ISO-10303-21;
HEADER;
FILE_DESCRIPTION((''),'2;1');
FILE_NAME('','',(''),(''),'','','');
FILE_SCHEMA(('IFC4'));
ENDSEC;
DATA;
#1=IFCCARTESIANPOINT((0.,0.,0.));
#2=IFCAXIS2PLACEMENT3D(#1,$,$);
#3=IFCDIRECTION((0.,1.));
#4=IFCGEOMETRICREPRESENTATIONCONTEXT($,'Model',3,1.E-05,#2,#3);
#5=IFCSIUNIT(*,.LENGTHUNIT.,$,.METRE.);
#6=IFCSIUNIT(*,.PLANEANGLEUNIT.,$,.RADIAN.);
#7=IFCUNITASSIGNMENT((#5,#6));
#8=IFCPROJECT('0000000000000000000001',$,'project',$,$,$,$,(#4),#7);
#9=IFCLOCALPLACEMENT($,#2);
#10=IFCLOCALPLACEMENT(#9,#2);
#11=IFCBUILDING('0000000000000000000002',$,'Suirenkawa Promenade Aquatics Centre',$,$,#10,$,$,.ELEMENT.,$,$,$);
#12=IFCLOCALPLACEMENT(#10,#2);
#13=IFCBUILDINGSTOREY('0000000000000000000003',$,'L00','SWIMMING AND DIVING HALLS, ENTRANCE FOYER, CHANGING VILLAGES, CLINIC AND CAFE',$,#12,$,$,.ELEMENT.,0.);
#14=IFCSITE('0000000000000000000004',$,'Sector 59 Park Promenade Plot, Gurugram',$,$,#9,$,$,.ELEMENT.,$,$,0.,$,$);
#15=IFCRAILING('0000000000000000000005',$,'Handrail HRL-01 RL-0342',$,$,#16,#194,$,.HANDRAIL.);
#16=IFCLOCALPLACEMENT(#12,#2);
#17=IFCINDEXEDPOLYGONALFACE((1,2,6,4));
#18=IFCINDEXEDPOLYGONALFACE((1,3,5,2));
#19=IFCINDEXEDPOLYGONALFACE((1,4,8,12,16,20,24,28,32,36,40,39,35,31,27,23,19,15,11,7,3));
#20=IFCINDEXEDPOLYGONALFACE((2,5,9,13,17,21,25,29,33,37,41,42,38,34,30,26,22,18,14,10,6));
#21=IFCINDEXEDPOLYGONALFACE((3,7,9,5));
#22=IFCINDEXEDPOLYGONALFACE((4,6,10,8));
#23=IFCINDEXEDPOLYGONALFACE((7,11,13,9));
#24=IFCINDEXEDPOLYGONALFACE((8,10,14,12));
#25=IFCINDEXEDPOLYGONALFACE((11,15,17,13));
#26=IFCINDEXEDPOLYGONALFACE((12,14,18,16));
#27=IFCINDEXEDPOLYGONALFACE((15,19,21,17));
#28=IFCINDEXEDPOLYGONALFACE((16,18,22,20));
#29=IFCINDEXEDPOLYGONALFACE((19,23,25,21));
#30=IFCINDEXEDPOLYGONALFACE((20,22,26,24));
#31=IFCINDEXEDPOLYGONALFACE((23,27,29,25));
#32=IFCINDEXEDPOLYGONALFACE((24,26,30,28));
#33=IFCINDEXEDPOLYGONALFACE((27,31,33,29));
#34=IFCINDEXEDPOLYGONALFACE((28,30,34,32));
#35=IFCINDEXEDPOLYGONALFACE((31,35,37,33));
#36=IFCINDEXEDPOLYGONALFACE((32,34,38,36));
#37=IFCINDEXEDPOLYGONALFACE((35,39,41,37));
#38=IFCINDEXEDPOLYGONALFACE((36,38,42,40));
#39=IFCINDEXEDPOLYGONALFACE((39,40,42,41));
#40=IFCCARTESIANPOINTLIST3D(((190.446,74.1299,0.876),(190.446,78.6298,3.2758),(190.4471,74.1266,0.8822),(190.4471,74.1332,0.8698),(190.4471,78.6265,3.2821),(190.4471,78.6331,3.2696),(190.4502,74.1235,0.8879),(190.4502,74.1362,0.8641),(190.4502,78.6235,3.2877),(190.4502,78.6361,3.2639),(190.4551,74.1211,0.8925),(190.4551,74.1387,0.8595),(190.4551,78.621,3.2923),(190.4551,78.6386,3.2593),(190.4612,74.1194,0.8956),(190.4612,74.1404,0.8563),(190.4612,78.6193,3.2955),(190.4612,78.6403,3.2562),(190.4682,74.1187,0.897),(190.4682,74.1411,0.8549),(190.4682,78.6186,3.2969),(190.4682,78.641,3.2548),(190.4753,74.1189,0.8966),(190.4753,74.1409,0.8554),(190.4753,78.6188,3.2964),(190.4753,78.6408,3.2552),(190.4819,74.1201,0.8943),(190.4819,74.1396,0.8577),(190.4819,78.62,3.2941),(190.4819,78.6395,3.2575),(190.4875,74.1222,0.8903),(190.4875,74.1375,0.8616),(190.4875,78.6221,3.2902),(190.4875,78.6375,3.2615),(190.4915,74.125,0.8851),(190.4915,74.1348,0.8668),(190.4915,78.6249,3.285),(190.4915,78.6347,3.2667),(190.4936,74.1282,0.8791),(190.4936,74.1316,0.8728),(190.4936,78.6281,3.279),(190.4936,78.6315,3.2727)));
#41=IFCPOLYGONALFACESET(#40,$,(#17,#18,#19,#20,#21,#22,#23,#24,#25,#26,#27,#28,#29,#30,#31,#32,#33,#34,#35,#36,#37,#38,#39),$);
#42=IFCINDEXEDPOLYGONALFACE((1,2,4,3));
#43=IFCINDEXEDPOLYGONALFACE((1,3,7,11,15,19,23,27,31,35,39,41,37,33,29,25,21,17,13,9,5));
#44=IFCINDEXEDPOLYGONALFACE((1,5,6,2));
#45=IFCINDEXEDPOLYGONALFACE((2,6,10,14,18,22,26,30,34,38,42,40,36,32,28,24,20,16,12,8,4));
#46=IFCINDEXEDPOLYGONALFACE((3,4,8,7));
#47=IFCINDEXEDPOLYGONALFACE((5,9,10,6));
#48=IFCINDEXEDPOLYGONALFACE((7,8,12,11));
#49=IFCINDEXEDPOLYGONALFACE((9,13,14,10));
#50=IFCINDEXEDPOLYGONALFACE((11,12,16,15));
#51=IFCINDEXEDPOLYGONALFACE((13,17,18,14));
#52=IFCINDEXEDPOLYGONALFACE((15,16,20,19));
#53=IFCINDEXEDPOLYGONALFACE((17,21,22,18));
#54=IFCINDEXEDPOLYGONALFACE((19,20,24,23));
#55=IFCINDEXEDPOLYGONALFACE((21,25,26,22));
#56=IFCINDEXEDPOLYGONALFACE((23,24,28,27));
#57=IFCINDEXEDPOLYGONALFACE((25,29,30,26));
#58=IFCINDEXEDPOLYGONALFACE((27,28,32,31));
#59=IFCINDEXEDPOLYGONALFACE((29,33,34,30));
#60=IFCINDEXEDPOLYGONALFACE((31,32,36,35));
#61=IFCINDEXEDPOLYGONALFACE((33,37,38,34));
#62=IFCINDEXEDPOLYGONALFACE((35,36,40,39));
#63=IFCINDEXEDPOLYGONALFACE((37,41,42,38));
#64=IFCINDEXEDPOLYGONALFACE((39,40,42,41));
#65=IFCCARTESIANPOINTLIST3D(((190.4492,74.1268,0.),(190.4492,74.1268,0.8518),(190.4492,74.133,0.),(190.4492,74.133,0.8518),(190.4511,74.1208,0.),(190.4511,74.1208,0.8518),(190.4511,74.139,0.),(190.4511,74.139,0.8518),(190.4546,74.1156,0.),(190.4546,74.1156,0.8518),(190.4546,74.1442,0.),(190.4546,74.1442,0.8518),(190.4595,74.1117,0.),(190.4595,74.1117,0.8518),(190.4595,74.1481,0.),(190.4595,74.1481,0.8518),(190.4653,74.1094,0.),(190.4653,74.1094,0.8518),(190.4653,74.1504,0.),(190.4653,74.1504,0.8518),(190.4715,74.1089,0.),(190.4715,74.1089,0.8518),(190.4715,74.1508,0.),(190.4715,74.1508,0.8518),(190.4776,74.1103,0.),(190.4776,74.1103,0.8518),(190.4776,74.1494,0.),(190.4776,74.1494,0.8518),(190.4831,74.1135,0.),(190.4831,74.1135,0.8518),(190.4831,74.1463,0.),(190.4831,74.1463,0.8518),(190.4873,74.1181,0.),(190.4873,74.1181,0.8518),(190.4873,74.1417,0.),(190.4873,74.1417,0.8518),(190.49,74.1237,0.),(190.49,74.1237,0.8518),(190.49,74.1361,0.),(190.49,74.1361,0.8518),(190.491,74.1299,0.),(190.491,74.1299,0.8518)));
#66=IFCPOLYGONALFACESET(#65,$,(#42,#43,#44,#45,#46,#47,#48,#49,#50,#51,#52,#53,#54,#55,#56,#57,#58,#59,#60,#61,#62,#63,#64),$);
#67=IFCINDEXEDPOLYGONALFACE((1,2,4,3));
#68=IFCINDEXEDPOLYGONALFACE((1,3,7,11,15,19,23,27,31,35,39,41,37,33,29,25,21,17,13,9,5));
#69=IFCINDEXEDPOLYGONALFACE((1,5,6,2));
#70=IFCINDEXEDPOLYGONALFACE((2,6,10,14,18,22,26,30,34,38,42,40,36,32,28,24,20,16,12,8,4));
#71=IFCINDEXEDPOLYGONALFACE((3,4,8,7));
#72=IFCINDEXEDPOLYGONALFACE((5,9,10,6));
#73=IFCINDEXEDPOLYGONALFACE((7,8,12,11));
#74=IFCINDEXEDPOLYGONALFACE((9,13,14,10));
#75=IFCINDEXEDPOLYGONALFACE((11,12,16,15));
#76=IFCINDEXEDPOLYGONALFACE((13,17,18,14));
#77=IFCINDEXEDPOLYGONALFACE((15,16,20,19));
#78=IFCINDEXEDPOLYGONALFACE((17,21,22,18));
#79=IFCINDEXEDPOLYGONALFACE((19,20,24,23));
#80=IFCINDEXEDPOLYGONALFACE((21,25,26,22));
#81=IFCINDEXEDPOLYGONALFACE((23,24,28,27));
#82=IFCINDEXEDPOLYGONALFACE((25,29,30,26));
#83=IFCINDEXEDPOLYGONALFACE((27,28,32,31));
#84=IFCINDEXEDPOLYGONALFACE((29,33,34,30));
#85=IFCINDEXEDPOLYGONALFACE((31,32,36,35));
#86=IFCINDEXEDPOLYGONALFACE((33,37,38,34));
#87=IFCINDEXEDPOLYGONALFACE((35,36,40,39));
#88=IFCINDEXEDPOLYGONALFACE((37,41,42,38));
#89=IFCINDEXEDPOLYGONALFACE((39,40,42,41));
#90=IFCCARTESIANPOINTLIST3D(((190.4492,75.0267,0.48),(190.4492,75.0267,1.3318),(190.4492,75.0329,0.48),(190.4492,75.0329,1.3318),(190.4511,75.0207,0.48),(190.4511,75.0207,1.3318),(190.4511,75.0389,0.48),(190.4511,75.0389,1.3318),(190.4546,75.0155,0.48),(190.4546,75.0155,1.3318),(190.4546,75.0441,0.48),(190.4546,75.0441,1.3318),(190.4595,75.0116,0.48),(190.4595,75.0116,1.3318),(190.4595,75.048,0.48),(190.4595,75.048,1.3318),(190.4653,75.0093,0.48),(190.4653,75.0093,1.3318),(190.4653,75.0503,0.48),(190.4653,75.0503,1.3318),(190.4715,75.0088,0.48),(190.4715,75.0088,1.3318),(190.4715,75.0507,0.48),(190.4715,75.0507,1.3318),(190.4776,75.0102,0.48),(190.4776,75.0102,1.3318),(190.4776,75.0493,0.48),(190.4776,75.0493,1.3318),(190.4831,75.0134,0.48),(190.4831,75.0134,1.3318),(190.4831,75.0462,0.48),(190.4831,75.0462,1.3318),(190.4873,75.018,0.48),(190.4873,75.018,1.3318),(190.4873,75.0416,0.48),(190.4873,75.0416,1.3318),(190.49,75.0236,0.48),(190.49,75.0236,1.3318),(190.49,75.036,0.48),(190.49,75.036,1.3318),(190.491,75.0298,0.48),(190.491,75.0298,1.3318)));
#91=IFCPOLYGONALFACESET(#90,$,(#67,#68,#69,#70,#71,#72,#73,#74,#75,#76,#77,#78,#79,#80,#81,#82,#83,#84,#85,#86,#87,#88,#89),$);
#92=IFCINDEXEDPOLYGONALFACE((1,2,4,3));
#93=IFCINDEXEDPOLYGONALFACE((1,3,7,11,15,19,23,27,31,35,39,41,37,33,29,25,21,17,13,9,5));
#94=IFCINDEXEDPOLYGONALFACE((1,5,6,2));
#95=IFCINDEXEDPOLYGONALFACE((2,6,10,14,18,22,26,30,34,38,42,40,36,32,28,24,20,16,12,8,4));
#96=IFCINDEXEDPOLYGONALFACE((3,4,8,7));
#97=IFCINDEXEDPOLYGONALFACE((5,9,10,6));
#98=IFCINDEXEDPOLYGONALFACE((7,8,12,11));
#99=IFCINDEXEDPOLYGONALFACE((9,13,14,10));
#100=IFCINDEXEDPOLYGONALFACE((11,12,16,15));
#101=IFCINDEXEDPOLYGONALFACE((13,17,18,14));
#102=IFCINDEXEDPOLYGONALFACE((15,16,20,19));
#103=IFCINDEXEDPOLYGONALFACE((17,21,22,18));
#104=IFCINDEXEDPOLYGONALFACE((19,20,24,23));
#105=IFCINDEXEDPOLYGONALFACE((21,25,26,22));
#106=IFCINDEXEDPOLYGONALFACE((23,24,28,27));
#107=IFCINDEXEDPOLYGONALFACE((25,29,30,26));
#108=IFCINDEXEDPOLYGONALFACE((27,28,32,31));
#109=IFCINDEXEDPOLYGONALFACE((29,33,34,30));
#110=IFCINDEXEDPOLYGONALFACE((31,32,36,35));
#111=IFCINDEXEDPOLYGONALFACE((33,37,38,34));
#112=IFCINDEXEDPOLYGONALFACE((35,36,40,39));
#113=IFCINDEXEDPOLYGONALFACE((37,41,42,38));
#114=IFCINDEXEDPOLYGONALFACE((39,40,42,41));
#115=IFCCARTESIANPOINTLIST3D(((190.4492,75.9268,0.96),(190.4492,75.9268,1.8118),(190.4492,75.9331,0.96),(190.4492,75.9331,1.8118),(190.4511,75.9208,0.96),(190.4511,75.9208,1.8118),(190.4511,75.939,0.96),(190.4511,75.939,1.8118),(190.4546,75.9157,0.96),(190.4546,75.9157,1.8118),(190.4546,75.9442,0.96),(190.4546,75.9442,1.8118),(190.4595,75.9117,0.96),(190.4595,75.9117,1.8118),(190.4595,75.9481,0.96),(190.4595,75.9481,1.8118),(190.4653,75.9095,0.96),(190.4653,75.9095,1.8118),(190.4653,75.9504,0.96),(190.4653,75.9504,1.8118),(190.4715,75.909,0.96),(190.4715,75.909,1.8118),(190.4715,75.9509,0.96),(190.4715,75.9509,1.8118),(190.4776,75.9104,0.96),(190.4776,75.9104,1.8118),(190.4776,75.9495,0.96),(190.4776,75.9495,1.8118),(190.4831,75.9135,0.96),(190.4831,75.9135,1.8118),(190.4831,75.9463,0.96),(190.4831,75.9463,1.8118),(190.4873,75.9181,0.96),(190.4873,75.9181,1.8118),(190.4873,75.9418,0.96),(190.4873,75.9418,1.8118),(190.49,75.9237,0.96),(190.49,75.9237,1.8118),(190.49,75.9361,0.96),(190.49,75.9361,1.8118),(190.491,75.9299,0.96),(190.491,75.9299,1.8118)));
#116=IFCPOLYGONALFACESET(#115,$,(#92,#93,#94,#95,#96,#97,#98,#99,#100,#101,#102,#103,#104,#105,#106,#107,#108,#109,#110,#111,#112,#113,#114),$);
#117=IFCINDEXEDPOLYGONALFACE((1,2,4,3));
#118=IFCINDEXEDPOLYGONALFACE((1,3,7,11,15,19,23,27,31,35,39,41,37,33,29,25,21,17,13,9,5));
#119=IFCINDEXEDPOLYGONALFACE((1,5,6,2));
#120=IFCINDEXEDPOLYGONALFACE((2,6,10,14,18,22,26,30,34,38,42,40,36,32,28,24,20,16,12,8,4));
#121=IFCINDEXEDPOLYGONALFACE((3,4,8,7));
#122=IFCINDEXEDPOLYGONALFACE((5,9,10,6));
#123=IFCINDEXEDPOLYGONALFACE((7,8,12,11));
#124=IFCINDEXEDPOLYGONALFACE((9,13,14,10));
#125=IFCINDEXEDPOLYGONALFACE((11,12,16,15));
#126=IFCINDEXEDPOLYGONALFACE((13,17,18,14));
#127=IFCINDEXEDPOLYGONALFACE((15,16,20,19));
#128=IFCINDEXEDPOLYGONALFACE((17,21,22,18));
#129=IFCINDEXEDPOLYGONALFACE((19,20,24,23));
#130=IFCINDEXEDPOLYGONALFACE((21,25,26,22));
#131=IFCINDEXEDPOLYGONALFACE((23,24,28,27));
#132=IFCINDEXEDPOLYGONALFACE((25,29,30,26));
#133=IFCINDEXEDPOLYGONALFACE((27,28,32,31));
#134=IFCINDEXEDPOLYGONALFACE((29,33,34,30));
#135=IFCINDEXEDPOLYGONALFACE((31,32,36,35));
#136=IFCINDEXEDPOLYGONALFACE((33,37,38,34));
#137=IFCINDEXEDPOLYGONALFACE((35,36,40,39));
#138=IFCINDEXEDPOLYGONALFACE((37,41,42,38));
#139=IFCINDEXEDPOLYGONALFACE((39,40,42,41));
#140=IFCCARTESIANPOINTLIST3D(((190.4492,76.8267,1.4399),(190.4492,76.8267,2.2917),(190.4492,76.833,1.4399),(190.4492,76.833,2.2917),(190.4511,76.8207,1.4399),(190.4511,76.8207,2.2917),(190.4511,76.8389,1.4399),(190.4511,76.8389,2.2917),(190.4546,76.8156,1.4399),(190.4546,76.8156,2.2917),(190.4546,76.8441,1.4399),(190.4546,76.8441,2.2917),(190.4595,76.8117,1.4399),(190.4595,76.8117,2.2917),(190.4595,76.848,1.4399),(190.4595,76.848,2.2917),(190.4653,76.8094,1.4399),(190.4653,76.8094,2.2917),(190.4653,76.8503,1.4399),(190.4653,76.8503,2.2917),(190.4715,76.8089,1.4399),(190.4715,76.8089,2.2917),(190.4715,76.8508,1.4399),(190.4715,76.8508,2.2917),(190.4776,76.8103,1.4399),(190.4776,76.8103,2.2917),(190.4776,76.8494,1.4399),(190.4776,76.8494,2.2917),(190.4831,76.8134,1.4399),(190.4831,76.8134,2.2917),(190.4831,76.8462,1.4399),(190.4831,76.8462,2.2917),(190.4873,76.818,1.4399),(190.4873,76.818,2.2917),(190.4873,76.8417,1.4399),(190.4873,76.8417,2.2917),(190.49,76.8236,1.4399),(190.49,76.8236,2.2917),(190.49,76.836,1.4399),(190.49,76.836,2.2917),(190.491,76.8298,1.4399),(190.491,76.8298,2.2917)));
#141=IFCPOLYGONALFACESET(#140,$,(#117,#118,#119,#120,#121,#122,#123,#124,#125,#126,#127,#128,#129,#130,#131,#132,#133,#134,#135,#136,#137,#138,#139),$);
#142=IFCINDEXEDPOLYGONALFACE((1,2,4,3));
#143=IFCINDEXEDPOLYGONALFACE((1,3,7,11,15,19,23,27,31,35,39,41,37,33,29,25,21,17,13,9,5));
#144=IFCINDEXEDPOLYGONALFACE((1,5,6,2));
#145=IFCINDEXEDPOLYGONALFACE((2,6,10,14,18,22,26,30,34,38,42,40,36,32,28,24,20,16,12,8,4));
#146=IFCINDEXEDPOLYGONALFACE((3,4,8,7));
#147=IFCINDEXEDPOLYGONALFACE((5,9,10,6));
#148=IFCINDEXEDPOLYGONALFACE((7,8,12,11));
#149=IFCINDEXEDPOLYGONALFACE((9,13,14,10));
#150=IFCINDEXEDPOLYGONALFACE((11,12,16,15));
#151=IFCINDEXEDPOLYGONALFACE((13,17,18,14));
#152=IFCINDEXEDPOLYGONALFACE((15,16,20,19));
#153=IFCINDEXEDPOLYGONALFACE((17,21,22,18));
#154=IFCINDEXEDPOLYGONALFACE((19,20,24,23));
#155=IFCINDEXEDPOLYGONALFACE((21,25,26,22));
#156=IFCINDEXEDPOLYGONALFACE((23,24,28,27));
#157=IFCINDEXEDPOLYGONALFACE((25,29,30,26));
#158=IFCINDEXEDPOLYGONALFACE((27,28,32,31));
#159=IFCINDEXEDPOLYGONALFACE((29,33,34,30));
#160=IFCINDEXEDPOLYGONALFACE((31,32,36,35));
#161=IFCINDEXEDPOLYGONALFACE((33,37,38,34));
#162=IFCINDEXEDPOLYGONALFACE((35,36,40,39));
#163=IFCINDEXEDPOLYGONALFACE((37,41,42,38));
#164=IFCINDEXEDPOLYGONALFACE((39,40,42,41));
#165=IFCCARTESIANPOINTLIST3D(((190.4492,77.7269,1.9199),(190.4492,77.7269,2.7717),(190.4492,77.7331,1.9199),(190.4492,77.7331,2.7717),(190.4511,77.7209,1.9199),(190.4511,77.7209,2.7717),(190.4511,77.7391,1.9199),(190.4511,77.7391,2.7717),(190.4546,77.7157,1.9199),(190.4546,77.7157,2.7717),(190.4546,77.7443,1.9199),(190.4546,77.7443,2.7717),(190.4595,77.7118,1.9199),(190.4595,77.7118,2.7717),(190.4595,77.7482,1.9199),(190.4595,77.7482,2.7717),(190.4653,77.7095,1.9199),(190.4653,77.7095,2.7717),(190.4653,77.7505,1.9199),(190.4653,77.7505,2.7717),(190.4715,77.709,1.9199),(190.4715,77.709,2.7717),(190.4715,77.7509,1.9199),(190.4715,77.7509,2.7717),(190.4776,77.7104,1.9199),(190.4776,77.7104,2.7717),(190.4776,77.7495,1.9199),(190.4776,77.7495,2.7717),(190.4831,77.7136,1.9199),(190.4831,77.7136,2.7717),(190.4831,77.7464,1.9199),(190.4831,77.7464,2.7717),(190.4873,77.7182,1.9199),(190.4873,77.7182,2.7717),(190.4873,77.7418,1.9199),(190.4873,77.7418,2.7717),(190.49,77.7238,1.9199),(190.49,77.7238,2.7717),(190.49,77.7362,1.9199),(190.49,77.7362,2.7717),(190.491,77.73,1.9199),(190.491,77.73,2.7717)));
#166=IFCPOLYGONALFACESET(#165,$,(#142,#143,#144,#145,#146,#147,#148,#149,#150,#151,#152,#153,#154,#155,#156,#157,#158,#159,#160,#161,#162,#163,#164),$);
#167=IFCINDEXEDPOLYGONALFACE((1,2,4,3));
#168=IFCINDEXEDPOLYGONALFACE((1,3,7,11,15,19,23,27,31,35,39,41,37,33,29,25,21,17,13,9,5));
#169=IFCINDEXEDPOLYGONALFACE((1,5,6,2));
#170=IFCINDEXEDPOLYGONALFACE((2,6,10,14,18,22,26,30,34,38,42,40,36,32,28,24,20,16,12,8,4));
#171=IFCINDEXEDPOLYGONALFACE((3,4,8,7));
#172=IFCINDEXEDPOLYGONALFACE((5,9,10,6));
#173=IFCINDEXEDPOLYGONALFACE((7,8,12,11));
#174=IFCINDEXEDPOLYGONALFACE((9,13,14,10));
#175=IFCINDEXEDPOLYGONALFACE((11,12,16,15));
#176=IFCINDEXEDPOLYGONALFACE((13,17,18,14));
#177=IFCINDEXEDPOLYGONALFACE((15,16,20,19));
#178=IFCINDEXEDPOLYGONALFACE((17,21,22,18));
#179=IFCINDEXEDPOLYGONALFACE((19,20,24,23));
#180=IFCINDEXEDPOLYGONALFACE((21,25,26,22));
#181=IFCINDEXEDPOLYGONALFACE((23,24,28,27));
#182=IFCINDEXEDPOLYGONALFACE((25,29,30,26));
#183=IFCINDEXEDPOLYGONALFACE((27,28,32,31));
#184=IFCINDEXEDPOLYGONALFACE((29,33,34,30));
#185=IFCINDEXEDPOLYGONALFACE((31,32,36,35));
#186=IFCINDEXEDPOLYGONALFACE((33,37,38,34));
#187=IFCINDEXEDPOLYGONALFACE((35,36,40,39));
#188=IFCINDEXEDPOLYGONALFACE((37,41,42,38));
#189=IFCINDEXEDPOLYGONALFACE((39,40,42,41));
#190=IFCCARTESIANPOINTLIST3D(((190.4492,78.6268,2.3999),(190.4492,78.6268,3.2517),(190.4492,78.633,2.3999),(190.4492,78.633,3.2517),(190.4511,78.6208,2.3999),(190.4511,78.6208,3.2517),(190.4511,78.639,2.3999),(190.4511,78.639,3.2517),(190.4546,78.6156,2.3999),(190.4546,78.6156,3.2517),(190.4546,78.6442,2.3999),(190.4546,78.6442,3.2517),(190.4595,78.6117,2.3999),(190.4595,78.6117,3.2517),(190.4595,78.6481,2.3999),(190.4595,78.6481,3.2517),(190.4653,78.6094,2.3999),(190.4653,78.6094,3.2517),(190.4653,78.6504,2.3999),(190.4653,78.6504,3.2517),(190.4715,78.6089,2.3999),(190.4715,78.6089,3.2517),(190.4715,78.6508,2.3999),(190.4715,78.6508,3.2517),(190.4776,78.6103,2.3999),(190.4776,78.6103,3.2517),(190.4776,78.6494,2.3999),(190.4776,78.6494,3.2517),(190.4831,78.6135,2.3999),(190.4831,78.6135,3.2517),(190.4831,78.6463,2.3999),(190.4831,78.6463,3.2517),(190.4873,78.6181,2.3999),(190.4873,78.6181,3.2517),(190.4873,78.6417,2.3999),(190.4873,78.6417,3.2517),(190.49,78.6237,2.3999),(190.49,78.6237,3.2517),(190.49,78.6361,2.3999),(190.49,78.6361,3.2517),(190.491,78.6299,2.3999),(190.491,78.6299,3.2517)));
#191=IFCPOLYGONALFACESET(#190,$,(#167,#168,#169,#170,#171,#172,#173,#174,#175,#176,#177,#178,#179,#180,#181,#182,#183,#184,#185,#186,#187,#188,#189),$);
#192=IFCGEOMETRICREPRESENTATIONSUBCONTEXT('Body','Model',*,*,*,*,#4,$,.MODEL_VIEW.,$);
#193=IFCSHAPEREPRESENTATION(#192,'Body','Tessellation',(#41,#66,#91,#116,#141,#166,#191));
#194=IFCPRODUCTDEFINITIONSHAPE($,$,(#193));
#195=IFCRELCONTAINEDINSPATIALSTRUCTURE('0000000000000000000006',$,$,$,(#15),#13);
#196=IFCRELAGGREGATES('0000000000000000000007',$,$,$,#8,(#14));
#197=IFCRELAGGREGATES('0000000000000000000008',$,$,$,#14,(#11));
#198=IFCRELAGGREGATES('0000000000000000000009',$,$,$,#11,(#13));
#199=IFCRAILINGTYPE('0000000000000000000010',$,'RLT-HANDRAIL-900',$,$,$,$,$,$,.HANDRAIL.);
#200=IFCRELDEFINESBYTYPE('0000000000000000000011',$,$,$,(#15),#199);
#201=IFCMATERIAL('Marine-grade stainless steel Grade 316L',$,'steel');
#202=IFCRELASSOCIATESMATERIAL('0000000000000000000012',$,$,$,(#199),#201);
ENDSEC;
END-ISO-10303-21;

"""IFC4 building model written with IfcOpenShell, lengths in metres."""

from ifc_helpers import new_model, si_unit, direction, frame, origin, origin_2d, place, context, subcontext, project, spatial, circle, extrude, material, type_object, element, save


model = new_model("IFC4")

# Units and contexts
model_context = context("Model", 3, precision=1e-05, world=origin(), true_north=direction((0.0, 1.0)))
body_context = subcontext(model_context, "Body", "Model", "MODEL_VIEW")
ifc_project = project(units=[si_unit("LENGTHUNIT", "METRE"), si_unit("PLANEANGLEUNIT", "RADIAN")], contexts=[model_context])

# Site, building, storey
site_placement = place(None, origin())
site = spatial("IfcSite", under=ifc_project, at=site_placement, Name="Sector 59 Park Promenade Plot, Gurugram", CompositionType="ELEMENT", RefElevation=0.0)
building_placement = place(site_placement, origin())
building = spatial("IfcBuilding", under=site, at=building_placement, Name="Suirenkawa Promenade Aquatics Centre", CompositionType="ELEMENT")
storey_placement = place(building_placement, origin())
storey = spatial("IfcBuildingStorey", under=building, at=storey_placement, Name="L00", Description="SWIMMING AND DIVING HALLS, ENTRANCE FOYER, CHANGING VILLAGES, CLINIC AND CAFE", CompositionType="ELEMENT", Elevation=0.0)

# Railing
ifc_material_1 = material(Name="Marine-grade stainless steel Grade 316L", Category="steel")
railing_type_1 = type_object("IfcRailingType", Name="RLT-HANDRAIL-900", PredefinedType="HANDRAIL", material=ifc_material_1)
for number, where, name in (
    (1, (190.47, 74.1299, 0.0), "Handrail HRL-01 RL-0342"),
):
    element("IfcRailing", number, at=place(storey_placement, frame(where)), inside=storey, type_object=railing_type_1, Name=name, PredefinedType="HANDRAIL", context=body_context, shape_type="SweptSolid", body=[
        extrude(circle(Radius=0.0239, at=origin_2d()), frame((0.0, 0.0, 0.876), z_axis=(0.0, 0.882361, 0.470573), x_axis=(-1.0, 0.0, 0.0)), (0.0, 0.0, 1.0), 5.0999),
        extrude(circle(Radius=0.021, at=origin_2d()), origin(), (0.0, 0.0, 1.0), 0.8518),
        extrude(circle(Radius=0.021, at=origin_2d()), frame((0.0, 0.8999, 0.48)), (0.0, 0.0, 1.0), 0.8518),
        extrude(circle(Radius=0.021, at=origin_2d()), frame((0.0, 1.8, 0.96)), (0.0, 0.0, 1.0), 0.8518),
        extrude(circle(Radius=0.021, at=origin_2d()), frame((0.0, 2.7, 1.4399)), (0.0, 0.0, 1.0), 0.8518),
        extrude(circle(Radius=0.021, at=origin_2d()), frame((0.0, 3.6001, 1.9199)), (0.0, 0.0, 1.0), 0.8518),
        extrude(circle(Radius=0.021, at=origin_2d()), frame((0.0, 4.5, 2.3999)), (0.0, 0.0, 1.0), 0.8518),
    ])

save(model, "model.ifc")
